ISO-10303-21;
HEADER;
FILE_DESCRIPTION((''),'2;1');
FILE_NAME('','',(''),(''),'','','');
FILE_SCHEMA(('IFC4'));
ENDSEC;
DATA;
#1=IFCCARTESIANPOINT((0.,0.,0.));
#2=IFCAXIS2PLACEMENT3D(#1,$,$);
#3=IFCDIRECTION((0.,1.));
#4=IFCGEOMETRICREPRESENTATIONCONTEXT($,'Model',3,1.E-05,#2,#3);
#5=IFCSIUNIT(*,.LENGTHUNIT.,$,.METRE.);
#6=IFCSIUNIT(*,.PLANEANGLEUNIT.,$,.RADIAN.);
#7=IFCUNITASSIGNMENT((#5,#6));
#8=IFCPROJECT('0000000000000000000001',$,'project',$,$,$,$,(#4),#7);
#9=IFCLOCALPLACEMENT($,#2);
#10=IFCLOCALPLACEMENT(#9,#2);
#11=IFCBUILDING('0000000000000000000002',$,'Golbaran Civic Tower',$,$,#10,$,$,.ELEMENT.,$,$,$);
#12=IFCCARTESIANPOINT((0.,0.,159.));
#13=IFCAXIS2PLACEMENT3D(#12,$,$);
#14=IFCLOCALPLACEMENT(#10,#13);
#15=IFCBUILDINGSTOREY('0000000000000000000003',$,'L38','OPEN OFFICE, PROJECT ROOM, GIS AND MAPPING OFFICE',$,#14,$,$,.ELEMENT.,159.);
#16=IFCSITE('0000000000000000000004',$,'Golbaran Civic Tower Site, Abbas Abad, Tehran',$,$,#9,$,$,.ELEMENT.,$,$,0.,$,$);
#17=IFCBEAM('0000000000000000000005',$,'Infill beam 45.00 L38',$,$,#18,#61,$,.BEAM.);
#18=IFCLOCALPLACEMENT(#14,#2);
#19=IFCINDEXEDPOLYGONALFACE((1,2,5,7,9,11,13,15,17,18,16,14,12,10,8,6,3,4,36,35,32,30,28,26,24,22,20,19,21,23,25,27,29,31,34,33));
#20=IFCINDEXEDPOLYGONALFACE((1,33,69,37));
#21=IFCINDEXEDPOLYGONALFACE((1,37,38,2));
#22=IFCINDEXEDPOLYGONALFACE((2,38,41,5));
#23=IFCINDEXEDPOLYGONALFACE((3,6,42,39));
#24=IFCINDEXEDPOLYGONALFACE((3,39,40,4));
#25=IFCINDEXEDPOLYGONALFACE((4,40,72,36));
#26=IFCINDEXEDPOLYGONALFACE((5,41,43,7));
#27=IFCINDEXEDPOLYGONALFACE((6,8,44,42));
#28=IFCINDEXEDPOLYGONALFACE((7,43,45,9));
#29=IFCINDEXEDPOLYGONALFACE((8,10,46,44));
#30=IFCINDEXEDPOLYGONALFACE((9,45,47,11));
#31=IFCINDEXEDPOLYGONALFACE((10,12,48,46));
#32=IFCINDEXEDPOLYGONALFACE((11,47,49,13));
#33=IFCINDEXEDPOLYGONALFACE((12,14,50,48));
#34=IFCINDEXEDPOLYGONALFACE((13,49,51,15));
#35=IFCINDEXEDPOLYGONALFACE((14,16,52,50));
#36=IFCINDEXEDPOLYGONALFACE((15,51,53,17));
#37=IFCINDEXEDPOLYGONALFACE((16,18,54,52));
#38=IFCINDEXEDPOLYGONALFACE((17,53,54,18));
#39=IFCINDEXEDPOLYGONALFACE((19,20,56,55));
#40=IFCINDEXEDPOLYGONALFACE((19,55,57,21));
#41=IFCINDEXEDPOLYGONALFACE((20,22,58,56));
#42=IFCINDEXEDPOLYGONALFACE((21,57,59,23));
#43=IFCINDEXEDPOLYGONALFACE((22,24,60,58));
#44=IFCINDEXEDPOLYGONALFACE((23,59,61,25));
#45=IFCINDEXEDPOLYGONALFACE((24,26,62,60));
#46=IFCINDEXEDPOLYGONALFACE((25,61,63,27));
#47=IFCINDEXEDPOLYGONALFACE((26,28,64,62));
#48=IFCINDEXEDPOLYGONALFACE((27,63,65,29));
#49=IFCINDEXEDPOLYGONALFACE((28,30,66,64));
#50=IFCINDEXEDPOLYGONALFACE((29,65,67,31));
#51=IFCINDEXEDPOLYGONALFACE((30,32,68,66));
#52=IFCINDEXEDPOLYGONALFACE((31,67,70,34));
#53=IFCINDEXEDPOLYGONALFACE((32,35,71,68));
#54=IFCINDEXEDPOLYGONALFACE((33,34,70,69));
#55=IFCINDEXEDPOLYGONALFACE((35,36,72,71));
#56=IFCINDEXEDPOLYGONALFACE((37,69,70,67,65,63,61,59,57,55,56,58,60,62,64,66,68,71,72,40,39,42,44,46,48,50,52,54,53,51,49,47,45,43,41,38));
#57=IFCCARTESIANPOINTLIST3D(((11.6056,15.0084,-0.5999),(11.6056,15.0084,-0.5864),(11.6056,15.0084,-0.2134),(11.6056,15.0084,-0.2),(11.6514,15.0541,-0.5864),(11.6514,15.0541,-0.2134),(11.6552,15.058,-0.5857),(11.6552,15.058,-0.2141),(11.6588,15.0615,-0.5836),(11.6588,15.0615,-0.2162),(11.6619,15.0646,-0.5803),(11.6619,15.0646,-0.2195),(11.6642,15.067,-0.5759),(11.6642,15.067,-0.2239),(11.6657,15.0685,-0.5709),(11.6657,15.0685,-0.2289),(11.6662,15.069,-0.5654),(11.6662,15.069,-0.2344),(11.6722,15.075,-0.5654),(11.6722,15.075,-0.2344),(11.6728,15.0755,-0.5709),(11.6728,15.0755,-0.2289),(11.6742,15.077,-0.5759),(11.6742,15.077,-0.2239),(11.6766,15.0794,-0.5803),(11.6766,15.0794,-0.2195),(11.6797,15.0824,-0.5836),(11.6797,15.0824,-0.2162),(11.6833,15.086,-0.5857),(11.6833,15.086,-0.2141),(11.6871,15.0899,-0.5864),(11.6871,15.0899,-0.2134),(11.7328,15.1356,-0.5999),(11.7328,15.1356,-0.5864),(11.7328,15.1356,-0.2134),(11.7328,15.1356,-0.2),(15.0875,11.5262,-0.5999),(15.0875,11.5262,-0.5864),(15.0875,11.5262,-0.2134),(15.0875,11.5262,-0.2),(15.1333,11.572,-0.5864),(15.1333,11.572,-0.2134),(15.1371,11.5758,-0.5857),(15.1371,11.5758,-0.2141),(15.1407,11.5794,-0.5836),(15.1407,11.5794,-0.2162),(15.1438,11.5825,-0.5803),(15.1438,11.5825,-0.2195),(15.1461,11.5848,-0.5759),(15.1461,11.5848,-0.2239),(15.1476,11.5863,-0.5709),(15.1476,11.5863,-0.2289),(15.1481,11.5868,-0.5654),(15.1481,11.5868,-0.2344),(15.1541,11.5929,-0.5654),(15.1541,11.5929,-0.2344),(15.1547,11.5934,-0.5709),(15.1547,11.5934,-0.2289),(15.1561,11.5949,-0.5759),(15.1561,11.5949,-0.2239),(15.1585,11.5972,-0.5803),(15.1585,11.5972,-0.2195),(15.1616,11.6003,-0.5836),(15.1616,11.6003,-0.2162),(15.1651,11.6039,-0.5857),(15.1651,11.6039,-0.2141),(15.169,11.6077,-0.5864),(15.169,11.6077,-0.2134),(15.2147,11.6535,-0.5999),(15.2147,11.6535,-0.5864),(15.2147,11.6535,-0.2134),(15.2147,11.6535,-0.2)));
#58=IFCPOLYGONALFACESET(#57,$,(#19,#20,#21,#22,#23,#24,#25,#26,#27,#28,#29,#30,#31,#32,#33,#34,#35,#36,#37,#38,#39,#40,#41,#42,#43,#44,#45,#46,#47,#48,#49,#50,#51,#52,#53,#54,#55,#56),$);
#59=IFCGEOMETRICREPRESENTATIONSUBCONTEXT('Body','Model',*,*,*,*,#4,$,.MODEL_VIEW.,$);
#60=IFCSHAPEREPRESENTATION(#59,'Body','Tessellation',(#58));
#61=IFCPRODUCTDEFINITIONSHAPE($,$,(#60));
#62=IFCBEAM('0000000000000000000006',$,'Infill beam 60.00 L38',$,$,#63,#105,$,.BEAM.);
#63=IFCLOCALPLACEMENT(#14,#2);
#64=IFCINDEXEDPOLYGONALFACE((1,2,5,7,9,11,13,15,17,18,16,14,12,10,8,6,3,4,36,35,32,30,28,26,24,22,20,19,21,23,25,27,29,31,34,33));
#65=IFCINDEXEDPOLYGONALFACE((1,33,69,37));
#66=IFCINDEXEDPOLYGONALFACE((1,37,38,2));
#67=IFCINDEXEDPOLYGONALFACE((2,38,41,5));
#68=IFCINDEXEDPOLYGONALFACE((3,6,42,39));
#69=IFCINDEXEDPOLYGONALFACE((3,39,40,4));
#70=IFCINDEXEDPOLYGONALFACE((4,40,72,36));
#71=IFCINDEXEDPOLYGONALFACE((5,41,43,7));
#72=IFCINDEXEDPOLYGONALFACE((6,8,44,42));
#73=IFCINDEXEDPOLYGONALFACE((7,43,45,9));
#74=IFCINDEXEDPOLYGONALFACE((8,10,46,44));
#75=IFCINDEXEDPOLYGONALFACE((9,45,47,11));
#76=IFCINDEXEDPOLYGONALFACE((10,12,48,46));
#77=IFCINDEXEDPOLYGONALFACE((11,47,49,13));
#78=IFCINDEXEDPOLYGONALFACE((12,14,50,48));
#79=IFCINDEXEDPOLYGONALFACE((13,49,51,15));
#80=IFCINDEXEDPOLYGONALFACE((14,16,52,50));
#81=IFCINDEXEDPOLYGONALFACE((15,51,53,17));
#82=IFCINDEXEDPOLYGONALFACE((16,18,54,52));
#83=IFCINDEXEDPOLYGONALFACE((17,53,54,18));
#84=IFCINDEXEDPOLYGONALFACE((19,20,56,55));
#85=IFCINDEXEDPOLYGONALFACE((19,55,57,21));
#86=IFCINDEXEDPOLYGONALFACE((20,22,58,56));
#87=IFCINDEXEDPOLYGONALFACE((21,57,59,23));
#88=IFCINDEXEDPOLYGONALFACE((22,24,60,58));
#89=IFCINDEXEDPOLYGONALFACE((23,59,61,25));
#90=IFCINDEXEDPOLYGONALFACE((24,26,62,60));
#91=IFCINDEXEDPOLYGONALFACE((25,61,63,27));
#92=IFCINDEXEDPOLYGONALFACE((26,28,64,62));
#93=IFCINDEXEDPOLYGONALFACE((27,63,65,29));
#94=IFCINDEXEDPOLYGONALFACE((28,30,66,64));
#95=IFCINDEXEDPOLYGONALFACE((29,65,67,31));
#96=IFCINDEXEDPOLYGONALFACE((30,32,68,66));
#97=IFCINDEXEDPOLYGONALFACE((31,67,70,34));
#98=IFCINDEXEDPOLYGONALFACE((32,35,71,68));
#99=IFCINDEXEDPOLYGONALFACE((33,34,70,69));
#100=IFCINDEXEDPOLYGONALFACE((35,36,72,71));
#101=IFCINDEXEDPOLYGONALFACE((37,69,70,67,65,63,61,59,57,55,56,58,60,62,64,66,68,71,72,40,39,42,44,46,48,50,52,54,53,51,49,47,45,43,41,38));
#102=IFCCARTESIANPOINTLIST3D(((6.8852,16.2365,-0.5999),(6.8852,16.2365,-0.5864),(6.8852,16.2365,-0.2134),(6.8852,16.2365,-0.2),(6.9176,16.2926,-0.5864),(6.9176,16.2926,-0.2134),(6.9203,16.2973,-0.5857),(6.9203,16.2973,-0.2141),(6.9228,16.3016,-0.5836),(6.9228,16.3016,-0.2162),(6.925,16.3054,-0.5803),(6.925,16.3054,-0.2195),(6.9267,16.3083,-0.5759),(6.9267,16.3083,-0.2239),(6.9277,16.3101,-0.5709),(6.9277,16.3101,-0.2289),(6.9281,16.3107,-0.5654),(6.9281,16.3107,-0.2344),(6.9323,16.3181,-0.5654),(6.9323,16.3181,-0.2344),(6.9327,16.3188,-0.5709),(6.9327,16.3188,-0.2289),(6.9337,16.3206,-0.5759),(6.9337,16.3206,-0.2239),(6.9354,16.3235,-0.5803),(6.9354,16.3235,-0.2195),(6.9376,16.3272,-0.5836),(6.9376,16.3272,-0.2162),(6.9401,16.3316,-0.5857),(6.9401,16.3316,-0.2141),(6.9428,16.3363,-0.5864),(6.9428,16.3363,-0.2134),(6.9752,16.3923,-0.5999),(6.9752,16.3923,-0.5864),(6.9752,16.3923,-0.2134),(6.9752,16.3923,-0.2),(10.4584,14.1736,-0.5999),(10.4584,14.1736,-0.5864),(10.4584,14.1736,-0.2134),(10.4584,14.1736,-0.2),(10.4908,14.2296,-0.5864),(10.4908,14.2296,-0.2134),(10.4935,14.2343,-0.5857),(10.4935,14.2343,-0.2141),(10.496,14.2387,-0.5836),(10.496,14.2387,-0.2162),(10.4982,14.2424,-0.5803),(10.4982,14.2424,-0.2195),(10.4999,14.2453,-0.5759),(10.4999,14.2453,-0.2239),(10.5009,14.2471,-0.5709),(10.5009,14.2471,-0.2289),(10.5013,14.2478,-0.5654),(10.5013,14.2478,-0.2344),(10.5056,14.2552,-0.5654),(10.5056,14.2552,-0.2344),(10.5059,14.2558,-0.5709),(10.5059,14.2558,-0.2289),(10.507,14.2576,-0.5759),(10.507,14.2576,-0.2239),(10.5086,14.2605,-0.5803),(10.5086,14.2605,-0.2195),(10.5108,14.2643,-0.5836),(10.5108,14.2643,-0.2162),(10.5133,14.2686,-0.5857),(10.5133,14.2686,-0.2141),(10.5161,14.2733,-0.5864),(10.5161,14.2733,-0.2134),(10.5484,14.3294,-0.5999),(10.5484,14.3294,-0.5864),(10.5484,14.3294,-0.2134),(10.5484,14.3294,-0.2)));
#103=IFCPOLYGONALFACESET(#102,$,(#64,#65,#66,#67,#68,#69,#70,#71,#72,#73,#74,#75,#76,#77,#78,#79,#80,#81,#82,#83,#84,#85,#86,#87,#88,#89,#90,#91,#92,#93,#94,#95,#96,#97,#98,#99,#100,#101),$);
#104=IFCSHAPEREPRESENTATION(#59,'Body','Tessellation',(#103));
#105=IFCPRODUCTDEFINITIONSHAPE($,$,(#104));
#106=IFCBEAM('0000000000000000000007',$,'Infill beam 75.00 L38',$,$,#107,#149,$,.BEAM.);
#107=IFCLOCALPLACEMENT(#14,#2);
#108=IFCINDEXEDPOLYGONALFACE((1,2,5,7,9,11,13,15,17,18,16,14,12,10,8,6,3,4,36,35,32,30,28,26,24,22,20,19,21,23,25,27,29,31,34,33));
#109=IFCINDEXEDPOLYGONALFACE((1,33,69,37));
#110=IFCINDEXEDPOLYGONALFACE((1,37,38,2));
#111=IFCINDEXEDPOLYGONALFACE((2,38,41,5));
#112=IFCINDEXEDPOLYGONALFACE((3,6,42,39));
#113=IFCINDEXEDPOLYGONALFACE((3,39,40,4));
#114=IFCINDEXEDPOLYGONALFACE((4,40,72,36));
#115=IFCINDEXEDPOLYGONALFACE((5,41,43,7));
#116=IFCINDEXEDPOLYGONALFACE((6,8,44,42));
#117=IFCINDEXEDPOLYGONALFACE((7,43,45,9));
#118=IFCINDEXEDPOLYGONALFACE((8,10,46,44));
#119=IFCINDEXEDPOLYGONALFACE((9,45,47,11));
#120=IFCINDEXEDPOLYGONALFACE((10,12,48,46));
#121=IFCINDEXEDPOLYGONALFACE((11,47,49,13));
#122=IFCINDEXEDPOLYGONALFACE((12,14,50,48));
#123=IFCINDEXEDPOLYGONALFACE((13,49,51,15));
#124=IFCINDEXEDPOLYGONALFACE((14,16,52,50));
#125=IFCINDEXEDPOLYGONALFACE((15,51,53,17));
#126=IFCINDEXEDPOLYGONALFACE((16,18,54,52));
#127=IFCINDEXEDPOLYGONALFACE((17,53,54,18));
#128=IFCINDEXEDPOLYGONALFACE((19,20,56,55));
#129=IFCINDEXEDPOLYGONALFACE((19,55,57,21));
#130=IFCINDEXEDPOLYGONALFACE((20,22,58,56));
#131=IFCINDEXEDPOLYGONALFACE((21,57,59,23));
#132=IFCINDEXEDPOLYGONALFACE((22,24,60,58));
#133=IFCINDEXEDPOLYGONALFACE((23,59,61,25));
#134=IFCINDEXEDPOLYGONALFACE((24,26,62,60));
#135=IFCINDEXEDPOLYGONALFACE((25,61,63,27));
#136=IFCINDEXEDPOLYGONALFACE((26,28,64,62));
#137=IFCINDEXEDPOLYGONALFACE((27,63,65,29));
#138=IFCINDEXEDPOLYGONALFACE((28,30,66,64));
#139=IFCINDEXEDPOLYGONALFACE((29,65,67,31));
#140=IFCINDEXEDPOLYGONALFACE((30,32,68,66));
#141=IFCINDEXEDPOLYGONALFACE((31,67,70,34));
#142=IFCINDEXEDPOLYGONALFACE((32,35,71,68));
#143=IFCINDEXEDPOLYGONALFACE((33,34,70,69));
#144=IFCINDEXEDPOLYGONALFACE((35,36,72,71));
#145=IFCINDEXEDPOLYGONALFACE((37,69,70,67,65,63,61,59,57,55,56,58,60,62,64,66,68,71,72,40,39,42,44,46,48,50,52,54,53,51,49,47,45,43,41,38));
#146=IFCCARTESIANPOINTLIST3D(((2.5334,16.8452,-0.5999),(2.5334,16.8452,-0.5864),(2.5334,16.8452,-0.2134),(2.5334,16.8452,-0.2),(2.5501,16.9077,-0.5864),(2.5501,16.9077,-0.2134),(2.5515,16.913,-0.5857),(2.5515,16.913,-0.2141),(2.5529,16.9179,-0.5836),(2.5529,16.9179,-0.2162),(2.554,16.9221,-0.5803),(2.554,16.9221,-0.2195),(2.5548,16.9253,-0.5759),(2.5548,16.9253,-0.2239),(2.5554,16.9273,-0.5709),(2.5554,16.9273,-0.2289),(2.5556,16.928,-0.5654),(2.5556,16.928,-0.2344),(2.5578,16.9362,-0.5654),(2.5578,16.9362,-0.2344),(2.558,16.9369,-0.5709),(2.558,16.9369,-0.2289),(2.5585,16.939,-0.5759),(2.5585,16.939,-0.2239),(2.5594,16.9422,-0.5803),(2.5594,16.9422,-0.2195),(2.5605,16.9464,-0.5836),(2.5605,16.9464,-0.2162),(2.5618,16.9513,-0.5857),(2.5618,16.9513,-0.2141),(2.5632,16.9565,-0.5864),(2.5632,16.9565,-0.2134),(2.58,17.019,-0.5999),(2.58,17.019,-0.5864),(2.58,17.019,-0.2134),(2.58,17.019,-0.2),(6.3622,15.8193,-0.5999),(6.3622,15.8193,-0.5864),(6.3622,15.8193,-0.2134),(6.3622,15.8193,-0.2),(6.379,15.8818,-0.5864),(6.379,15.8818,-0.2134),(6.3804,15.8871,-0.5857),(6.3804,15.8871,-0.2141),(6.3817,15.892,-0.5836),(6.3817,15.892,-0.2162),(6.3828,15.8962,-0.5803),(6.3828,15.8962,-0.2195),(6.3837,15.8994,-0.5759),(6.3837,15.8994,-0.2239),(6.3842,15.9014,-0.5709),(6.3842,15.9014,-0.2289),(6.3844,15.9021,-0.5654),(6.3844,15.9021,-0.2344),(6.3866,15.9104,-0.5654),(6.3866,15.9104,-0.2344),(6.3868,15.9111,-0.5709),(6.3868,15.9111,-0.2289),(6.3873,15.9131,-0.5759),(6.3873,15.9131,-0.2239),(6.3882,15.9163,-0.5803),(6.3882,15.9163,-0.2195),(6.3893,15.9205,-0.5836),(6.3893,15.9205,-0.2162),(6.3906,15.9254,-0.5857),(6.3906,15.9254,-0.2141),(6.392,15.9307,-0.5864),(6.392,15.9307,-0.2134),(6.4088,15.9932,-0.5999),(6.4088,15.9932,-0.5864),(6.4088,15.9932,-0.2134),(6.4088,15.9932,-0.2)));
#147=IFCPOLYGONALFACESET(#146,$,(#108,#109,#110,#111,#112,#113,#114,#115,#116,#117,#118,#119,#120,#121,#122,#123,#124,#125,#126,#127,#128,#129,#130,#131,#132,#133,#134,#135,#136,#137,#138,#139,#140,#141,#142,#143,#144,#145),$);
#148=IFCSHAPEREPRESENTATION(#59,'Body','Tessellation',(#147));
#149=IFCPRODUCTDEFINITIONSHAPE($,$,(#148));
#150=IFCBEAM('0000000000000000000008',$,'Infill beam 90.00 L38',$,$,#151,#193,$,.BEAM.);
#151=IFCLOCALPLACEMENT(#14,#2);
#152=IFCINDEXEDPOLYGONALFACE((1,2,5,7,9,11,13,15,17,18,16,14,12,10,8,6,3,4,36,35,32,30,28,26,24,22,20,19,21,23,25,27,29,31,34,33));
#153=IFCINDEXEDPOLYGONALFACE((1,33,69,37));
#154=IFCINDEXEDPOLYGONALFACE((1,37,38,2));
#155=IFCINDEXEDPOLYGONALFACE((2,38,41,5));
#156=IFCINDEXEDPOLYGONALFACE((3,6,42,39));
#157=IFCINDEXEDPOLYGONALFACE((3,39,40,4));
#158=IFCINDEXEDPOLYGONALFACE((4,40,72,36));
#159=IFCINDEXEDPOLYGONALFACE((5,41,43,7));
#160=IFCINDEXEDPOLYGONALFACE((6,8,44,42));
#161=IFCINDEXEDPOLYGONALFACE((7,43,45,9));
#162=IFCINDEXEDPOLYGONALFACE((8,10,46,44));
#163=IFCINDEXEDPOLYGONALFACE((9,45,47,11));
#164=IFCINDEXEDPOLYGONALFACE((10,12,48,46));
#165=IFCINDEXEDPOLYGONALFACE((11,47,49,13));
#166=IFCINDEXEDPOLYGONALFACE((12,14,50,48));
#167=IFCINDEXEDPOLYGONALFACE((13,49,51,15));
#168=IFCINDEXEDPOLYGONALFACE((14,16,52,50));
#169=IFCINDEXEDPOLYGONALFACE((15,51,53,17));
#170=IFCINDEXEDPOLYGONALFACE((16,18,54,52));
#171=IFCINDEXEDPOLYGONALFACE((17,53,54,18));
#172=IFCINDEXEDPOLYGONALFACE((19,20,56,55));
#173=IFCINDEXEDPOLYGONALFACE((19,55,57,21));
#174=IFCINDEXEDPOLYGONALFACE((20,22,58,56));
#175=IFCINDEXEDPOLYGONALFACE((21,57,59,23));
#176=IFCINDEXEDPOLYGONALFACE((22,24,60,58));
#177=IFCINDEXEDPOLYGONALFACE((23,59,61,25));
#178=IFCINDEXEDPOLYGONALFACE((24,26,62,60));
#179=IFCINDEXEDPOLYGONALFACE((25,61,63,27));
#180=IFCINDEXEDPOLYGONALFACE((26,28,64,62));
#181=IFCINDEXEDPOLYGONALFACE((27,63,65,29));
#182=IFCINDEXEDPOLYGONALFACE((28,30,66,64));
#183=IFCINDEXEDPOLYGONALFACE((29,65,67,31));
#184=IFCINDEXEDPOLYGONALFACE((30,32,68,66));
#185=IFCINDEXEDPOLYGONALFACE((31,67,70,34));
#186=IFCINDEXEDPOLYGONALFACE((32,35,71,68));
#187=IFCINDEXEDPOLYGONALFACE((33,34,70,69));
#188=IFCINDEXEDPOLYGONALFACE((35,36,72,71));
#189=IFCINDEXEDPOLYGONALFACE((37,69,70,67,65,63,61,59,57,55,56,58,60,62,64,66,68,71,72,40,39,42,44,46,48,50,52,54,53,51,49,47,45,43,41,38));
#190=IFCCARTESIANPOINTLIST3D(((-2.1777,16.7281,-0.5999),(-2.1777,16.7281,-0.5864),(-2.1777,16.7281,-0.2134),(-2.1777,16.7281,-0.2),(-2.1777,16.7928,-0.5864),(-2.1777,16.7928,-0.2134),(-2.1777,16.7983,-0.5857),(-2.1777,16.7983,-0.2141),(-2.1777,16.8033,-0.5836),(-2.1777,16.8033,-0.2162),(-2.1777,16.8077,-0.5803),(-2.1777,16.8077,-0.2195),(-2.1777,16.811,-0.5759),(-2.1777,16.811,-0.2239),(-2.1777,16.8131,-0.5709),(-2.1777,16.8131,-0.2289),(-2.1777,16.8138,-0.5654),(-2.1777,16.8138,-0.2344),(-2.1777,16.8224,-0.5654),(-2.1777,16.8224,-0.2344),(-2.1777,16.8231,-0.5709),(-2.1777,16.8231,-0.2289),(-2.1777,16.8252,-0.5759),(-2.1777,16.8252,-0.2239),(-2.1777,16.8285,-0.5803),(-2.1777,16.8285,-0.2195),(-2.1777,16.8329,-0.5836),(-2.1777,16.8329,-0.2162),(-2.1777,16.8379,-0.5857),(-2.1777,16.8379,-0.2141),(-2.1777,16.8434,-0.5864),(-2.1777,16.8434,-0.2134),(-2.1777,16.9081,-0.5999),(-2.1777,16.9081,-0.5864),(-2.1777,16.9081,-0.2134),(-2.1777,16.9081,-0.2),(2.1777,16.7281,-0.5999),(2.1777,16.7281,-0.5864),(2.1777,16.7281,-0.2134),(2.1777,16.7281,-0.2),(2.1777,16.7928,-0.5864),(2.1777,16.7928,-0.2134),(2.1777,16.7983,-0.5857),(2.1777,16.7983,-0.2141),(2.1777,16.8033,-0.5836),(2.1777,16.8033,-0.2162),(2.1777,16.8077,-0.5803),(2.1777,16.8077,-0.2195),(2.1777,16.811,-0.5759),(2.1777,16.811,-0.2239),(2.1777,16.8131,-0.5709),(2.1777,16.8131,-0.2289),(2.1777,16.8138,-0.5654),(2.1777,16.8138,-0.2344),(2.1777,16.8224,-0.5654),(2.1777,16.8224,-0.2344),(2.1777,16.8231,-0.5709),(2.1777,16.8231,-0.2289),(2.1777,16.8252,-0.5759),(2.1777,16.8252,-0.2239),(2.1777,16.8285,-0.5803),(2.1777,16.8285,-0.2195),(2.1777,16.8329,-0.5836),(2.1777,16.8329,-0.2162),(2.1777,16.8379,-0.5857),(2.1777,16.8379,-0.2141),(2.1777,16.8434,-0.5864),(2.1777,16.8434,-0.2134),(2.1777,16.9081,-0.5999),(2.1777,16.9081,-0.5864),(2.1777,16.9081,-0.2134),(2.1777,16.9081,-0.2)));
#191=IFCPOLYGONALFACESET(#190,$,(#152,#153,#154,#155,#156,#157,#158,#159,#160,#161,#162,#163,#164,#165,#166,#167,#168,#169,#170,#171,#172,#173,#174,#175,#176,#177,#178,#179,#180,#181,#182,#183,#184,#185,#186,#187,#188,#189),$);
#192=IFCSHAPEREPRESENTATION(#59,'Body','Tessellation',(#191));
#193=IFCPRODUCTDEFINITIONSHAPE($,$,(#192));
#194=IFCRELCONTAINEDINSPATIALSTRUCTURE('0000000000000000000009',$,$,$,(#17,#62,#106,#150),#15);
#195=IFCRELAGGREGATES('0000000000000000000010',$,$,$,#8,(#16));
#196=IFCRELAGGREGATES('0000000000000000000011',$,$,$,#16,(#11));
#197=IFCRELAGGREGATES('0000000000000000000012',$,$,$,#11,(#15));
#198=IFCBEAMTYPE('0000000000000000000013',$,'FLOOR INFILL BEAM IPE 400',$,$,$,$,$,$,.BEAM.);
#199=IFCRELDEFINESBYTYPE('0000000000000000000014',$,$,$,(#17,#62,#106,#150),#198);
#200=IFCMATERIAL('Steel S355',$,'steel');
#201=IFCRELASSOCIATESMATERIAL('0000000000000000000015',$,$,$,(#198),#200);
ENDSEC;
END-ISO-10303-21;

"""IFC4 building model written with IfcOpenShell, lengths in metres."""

from ifc_helpers import new_model, si_unit, direction, frame, origin, origin_2d, place, context, subcontext, project, spatial, i_section, extrude, material, material_profile, profile_set, type_object, element, save


model = new_model("IFC4")

# Units and contexts
model_context = context("Model", 3, precision=1e-05, world=origin(), true_north=direction((0.0, 1.0)))
body_context = subcontext(model_context, "Body", "Model", "MODEL_VIEW")
ifc_project = project(units=[si_unit("LENGTHUNIT", "METRE"), si_unit("PLANEANGLEUNIT", "RADIAN")], contexts=[model_context])

# Site, building, storey
site_placement = place(None, origin())
site = spatial("IfcSite", under=ifc_project, at=site_placement, Name="Golbaran Civic Tower Site, Abbas Abad, Tehran", CompositionType="ELEMENT", RefElevation=0.0)
building_placement = place(site_placement, origin())
building = spatial("IfcBuilding", under=site, at=building_placement, Name="Golbaran Civic Tower", CompositionType="ELEMENT")
storey_placement = place(building_placement, frame((0.0, 0.0, 159.0)))
storey = spatial("IfcBuildingStorey", under=building, at=storey_placement, Name="L38", Description="OPEN OFFICE, PROJECT ROOM, GIS AND MAPPING OFFICE", CompositionType="ELEMENT", Elevation=159.0)

# Beams
ifc_material_1 = material(Name="Steel S355", Category="steel")
ifc_material_profile_1 = material_profile(ifc_material_1, i_section(OverallWidth=0.1799, OverallDepth=0.3999, WebThickness=0.0085, FlangeThickness=0.0134, FilletRadius=0.021, at=origin_2d()), Name="IPE 400")
ifc_profile_set_1 = profile_set([ifc_material_profile_1], Name="Steel S355")
beam_type_1 = type_object("IfcBeamType", Name="FLOOR INFILL BEAM IPE 400", PredefinedType="BEAM", material=ifc_profile_set_1)
beam_1_placement = place(storey_placement, frame((15.1511, 11.5898, -0.3999), z_axis=(-0.707082, 0.707132, 0.0), x_axis=(-0.707132, -0.707082, 0.0)))
element("IfcBeam", 1, at=beam_1_placement, inside=storey, type_object=beam_type_1, Name="Infill beam 45.00 L38", PredefinedType="BEAM", context=body_context, shape_type="SweptSolid", body=[
    extrude(i_section(OverallWidth=0.1799, OverallDepth=0.3999, WebThickness=0.0085, FlangeThickness=0.0134, FilletRadius=0.021, at=origin_2d()), origin(), (0.0, 0.0, 1.0), 4.9243),
])
beam_2_placement = place(storey_placement, frame((10.5034, 14.2515, -0.3999), z_axis=(-0.866028, 0.499996, 0.0), x_axis=(-0.499996, -0.866028, 0.0)))
element("IfcBeam", 2, at=beam_2_placement, inside=storey, type_object=beam_type_1, Name="Infill beam 60.00 L38", PredefinedType="BEAM", context=body_context, shape_type="SweptSolid", body=[
    extrude(i_section(OverallWidth=0.1799, OverallDepth=0.3999, WebThickness=0.0085, FlangeThickness=0.0134, FilletRadius=0.021, at=origin_2d()), origin(), (0.0, 0.0, 1.0), 4.126),
])
beam_3_placement = place(storey_placement, frame((6.3855, 15.9062, -0.3999), z_axis=(-0.96593, 0.258805, 0.0), x_axis=(-0.258805, -0.96593, 0.0)))
element("IfcBeam", 3, at=beam_3_placement, inside=storey, type_object=beam_type_1, Name="Infill beam 75.00 L38", PredefinedType="BEAM", context=body_context, shape_type="SweptSolid", body=[
    extrude(i_section(OverallWidth=0.1799, OverallDepth=0.3999, WebThickness=0.0085, FlangeThickness=0.0134, FilletRadius=0.021, at=origin_2d()), origin(), (0.0, 0.0, 1.0), 3.9639),
])
beam_4_placement = place(storey_placement, frame((2.1777, 16.8181, -0.3999), z_axis=(-1.0, 0.0, 0.0), x_axis=(0.0, -1.0, 0.0)))
element("IfcBeam", 4, at=beam_4_placement, inside=storey, type_object=beam_type_1, Name="Infill beam 90.00 L38", PredefinedType="BEAM", context=body_context, shape_type="SweptSolid", body=[
    extrude(i_section(OverallWidth=0.1799, OverallDepth=0.3999, WebThickness=0.0085, FlangeThickness=0.0134, FilletRadius=0.021, at=origin_2d()), origin(), (0.0, 0.0, 1.0), 4.3555),
])

save(model, "model.ifc")
